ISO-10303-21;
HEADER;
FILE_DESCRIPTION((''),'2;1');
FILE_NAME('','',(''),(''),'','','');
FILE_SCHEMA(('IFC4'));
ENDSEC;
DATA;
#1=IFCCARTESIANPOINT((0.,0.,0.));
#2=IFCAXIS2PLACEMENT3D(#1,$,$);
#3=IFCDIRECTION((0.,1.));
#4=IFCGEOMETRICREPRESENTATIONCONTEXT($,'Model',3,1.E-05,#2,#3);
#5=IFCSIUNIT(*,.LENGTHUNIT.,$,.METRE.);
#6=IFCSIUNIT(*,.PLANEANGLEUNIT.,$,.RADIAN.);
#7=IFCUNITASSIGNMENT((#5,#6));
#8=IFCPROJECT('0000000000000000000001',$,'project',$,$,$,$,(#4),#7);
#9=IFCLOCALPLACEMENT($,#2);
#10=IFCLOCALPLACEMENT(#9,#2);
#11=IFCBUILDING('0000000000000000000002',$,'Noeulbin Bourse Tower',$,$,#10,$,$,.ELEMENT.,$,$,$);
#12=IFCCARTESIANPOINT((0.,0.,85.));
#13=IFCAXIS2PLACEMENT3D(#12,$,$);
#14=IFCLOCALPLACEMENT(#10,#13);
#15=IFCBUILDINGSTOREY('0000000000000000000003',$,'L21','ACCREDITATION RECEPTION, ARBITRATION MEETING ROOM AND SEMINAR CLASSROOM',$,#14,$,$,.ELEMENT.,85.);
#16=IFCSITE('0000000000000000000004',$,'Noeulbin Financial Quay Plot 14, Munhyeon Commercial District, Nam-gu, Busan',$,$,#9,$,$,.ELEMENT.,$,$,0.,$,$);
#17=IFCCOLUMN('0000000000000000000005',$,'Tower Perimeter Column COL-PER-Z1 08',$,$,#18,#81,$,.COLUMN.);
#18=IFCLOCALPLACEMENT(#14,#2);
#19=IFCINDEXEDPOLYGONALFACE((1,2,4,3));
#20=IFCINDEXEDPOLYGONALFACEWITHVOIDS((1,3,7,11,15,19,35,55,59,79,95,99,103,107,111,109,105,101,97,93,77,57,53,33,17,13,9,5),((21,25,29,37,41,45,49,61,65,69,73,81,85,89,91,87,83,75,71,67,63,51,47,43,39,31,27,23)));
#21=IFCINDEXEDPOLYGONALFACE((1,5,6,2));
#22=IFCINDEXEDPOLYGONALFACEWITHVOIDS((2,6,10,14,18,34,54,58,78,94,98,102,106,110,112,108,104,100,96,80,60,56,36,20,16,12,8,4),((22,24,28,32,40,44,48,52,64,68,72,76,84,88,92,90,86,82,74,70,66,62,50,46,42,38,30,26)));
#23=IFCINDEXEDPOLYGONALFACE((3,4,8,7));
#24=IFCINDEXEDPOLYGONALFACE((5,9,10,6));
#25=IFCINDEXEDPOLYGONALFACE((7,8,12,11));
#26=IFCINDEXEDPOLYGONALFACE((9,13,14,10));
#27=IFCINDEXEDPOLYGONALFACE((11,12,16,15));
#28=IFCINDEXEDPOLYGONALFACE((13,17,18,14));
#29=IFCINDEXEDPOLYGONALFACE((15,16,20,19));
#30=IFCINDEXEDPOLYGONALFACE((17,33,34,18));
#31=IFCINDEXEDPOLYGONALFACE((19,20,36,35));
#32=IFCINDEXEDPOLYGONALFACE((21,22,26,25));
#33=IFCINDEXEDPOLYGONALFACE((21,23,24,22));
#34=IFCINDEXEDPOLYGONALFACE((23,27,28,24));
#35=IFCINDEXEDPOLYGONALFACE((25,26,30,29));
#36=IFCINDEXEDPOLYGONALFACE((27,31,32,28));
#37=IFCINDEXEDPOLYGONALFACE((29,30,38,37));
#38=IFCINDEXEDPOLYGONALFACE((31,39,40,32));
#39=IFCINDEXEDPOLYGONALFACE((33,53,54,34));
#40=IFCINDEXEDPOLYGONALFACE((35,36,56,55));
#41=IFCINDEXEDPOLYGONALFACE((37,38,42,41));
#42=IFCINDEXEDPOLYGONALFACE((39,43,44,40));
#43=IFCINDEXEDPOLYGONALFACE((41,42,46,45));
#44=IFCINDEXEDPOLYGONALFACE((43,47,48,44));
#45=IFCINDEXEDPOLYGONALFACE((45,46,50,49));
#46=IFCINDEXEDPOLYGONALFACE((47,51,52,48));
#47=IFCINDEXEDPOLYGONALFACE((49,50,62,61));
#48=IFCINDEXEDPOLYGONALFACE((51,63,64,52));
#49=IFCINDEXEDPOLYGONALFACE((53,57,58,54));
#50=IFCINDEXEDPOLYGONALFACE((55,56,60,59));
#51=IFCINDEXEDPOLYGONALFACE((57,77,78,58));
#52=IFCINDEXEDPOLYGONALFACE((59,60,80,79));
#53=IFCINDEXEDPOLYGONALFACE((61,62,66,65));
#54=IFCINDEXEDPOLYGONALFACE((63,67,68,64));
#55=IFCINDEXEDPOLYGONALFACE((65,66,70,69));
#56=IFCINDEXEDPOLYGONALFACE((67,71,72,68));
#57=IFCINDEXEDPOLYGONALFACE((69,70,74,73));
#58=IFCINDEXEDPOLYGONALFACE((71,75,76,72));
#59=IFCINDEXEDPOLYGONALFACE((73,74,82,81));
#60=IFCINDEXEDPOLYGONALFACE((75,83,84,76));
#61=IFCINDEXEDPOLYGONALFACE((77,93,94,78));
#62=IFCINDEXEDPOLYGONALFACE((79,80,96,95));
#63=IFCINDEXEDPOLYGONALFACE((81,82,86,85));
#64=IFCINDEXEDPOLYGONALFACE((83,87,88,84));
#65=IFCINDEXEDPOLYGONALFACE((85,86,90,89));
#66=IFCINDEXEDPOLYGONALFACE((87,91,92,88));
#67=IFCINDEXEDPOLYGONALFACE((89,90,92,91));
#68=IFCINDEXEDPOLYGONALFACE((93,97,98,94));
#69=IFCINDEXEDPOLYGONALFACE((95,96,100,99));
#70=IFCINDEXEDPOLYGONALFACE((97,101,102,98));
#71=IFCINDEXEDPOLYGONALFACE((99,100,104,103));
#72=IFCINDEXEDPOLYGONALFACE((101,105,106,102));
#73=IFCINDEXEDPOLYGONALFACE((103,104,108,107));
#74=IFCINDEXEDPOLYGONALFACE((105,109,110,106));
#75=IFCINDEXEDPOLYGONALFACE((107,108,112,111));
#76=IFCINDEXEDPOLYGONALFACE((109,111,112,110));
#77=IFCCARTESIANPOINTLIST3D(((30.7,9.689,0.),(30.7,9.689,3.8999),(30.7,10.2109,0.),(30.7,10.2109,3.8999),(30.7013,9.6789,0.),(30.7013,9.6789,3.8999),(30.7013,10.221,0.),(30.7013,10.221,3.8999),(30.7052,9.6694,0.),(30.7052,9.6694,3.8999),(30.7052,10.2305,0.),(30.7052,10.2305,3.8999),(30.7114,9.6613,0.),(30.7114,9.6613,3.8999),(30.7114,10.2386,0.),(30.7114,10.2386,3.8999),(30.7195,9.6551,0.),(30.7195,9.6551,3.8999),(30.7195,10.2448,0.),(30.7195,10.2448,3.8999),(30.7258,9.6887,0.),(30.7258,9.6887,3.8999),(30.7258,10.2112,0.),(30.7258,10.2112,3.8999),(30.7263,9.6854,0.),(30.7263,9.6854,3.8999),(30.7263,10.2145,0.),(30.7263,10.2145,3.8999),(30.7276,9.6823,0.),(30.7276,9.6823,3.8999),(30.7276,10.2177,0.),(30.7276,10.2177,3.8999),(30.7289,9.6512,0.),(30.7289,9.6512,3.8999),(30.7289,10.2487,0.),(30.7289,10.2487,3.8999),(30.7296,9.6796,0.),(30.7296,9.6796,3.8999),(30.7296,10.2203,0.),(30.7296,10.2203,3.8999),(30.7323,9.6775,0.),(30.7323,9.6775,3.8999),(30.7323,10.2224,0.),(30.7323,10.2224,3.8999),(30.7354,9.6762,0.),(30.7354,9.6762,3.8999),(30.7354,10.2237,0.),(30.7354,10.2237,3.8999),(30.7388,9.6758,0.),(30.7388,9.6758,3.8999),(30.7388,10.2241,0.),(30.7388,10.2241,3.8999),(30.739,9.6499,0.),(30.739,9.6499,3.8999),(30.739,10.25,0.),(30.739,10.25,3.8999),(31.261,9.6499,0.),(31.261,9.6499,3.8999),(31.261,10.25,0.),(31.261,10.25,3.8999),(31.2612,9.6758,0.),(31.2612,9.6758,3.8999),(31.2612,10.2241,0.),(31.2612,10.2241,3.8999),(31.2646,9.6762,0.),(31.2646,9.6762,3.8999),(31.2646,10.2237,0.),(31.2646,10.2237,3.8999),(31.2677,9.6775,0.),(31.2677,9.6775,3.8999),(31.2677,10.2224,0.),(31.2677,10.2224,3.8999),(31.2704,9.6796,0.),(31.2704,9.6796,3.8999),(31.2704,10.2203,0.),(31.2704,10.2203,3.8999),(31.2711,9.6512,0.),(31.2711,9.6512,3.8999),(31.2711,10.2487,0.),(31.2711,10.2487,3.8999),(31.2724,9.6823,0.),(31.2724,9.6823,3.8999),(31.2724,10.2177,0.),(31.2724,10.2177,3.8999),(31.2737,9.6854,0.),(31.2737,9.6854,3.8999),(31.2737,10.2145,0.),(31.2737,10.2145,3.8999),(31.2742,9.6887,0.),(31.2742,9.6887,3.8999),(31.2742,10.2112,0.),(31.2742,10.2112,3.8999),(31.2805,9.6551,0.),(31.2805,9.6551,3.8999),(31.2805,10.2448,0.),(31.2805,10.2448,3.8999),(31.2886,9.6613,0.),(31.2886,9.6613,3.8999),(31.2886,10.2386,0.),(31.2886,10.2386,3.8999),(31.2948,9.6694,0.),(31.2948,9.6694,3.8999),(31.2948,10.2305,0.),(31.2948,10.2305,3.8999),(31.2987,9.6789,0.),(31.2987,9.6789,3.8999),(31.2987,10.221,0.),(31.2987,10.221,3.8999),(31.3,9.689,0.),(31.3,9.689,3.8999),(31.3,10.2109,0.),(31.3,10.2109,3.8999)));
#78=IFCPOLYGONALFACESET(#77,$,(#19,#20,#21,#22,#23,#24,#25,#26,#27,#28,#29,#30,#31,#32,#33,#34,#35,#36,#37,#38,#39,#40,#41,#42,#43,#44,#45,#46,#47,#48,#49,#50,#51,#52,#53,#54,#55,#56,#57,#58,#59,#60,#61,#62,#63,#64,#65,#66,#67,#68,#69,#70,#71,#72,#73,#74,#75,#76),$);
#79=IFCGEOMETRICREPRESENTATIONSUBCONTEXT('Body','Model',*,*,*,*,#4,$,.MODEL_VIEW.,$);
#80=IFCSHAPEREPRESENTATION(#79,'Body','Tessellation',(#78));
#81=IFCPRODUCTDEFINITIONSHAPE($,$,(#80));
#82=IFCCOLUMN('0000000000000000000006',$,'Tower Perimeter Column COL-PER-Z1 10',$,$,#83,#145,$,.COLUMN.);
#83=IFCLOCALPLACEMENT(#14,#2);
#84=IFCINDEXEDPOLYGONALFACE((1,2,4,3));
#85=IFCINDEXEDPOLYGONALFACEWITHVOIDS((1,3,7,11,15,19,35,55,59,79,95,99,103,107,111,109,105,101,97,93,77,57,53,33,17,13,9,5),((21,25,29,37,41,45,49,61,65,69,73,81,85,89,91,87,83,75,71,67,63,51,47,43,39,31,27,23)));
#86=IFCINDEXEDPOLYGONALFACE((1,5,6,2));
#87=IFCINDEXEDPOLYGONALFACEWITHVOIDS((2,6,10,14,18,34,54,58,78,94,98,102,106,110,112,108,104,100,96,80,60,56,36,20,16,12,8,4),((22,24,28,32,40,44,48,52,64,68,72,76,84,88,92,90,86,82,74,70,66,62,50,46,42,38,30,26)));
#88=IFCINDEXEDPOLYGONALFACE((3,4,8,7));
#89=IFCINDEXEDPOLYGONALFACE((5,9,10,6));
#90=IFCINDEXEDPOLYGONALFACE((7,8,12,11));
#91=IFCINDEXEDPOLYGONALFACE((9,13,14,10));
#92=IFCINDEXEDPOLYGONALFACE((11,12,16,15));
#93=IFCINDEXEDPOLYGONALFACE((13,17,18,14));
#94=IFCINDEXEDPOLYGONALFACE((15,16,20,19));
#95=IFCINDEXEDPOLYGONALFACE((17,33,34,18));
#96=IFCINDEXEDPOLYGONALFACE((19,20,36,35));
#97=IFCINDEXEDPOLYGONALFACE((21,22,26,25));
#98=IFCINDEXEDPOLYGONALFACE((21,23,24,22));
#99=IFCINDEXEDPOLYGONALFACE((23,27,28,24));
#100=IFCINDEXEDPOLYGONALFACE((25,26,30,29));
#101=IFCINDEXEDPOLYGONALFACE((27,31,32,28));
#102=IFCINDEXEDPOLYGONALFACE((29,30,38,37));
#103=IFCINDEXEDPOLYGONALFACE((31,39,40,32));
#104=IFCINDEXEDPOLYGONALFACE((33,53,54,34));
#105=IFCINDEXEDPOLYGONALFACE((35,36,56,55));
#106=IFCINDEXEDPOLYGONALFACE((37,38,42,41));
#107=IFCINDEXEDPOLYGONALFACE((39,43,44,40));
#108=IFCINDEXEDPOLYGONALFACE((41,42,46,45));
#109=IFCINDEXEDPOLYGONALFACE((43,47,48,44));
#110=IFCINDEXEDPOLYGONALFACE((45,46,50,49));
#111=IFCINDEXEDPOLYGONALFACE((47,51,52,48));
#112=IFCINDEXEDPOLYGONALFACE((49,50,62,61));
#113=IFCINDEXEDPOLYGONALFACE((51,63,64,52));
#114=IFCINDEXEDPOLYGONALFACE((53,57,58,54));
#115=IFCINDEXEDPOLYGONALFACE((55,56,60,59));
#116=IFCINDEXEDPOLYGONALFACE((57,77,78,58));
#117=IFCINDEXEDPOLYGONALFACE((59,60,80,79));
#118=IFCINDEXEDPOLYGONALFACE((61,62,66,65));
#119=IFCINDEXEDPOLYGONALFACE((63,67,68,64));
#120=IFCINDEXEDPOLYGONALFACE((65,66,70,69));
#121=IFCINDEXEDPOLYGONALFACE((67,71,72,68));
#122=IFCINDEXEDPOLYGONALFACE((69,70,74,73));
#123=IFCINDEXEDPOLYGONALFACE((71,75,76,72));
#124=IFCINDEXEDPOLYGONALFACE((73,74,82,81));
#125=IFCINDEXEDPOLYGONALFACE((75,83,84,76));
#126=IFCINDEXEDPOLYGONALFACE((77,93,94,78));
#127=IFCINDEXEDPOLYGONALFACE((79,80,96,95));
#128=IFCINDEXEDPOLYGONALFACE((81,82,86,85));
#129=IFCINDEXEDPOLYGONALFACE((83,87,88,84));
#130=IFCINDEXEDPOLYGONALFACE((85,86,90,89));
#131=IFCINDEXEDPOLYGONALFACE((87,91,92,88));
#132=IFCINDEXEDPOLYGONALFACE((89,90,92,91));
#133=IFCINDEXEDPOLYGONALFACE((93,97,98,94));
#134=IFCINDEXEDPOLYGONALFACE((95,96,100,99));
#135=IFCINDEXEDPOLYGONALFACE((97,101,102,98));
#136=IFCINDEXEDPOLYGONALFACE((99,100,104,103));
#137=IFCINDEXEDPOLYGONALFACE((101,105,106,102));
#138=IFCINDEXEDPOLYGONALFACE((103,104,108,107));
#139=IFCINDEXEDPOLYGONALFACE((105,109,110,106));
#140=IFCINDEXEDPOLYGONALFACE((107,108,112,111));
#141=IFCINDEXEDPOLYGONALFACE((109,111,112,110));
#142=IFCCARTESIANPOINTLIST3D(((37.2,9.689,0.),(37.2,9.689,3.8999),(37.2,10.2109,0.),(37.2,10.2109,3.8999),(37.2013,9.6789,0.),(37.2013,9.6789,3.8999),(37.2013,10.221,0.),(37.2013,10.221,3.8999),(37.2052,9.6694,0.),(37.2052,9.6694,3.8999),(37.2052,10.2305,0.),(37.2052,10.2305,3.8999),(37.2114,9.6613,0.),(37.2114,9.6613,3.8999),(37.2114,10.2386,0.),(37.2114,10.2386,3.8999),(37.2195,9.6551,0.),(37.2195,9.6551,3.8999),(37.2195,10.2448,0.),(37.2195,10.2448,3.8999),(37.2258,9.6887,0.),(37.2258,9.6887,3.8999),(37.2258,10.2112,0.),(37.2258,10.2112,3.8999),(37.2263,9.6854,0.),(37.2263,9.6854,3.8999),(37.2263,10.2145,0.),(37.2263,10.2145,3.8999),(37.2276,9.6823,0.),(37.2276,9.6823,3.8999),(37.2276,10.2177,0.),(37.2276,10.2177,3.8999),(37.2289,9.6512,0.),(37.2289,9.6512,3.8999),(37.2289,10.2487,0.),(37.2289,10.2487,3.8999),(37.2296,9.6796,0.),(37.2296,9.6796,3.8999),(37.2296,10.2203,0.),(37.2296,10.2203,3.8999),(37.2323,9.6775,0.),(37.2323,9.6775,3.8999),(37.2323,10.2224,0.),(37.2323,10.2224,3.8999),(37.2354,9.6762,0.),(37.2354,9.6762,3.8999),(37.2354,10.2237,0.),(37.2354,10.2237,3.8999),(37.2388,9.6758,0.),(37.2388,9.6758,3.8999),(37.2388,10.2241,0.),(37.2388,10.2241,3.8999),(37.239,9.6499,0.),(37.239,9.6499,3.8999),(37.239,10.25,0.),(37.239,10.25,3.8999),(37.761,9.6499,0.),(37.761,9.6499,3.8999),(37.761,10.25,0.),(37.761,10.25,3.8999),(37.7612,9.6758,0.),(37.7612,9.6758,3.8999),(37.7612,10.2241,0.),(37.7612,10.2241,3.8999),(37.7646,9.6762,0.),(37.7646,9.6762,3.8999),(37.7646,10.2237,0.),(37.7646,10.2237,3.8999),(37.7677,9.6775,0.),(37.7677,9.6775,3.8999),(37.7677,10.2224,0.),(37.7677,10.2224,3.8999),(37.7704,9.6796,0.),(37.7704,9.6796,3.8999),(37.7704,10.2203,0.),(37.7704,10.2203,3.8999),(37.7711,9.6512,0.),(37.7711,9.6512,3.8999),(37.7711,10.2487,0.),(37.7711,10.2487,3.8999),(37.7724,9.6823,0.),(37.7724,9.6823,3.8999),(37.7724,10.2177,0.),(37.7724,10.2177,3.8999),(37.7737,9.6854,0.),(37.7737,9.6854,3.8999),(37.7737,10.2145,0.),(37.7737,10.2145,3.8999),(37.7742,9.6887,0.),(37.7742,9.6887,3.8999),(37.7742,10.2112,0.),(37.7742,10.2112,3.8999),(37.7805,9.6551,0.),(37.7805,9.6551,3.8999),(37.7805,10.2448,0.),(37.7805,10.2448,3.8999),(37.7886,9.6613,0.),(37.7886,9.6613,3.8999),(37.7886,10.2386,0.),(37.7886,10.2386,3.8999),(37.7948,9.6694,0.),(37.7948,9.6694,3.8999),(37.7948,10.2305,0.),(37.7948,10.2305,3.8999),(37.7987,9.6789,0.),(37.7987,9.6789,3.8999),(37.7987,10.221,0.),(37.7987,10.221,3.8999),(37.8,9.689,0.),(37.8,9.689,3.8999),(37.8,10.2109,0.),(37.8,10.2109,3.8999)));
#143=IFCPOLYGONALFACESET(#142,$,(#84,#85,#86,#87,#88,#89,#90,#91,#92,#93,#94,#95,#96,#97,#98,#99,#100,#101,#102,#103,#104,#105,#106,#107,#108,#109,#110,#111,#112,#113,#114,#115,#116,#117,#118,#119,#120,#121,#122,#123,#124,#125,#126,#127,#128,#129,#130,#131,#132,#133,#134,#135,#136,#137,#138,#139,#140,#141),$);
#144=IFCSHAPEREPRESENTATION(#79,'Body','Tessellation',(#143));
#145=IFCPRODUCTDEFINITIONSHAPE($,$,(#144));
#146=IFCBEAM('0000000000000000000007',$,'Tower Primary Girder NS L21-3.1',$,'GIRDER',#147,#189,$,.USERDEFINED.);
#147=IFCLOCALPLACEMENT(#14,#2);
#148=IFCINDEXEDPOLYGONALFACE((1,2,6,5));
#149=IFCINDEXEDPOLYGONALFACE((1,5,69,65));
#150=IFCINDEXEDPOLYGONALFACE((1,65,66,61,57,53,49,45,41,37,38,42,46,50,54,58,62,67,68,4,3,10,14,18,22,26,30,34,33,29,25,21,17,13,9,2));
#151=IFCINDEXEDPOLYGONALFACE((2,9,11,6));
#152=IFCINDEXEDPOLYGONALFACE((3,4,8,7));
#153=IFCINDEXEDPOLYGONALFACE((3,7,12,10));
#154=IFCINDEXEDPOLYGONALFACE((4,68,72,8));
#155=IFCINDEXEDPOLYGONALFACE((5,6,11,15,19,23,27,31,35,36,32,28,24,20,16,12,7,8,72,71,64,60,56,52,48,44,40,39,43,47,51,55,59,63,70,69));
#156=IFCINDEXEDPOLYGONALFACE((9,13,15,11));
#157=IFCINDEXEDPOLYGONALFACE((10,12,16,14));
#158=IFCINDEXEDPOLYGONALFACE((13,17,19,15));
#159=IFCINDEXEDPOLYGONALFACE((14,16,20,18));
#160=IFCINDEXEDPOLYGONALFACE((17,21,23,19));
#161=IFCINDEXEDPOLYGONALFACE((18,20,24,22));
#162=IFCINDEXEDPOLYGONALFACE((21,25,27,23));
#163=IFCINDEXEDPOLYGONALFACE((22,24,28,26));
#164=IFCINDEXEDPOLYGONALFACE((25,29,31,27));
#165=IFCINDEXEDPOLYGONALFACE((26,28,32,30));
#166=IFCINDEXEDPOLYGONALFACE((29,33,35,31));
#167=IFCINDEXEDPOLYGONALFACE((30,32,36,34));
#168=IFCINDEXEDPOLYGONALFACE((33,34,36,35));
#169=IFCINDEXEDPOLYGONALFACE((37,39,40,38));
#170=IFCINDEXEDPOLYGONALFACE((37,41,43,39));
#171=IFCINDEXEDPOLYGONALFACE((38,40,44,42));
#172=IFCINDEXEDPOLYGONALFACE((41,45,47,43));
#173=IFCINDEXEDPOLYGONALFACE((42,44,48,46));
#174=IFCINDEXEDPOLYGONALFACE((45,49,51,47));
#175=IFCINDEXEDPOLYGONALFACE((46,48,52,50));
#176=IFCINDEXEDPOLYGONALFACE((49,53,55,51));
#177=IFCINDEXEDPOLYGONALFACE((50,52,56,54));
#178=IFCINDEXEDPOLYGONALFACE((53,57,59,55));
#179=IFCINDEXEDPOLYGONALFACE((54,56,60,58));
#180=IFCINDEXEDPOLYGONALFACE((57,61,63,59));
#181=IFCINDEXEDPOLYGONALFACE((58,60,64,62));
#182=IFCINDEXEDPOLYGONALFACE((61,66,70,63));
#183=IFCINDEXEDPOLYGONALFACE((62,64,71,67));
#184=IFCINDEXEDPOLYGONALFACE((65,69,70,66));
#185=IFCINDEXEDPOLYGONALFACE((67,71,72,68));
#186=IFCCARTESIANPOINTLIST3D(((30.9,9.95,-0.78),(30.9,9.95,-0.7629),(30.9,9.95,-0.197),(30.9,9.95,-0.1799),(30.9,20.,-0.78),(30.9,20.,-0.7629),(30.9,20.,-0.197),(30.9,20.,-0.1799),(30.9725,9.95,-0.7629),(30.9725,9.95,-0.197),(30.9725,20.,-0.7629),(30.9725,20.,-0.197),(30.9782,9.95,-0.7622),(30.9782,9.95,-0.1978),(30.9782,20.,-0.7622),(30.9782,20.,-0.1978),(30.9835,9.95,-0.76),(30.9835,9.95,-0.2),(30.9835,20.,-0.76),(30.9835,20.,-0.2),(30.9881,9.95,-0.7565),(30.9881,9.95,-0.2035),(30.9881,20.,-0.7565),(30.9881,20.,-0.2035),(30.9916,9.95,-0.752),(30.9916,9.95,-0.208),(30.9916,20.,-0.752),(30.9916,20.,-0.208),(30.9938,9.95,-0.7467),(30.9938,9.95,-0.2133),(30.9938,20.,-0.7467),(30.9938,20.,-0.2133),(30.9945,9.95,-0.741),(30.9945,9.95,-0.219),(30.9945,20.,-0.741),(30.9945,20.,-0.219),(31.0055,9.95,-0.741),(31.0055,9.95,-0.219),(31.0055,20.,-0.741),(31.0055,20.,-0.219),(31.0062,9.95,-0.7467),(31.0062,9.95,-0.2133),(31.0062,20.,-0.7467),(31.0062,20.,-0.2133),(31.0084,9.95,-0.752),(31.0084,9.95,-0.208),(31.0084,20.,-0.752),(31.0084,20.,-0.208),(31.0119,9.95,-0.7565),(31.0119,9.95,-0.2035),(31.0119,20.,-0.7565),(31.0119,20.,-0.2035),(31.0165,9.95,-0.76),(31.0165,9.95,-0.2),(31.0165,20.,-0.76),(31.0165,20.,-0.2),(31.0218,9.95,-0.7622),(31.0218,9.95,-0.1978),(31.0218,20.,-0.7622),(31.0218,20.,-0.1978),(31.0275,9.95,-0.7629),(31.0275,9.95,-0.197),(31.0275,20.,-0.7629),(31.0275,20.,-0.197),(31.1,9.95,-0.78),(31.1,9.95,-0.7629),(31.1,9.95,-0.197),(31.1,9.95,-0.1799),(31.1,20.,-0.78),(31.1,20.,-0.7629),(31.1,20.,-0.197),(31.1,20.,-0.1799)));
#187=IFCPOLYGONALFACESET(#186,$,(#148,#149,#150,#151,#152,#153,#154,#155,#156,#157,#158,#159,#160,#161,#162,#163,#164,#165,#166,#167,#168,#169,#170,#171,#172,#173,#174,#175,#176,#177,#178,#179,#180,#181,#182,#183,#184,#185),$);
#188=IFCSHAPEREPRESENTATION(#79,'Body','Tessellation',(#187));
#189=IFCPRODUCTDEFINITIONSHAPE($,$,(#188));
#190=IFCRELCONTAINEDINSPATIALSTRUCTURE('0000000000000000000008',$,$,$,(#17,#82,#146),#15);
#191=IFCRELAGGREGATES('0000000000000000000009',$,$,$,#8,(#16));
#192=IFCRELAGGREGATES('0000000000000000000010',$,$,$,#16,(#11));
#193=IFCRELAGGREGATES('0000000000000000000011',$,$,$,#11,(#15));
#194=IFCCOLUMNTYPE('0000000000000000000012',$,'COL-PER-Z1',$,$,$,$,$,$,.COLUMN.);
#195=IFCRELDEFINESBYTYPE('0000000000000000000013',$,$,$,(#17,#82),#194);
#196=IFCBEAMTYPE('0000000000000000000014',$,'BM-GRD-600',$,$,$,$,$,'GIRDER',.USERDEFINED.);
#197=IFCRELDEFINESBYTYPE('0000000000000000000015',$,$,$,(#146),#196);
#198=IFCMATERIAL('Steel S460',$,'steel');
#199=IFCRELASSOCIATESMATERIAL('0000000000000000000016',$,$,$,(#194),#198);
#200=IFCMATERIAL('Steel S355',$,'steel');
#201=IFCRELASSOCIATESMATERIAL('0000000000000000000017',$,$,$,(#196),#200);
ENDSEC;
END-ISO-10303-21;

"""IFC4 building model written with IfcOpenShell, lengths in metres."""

from ifc_helpers import new_model, si_unit, direction, frame, origin, origin_2d, place, context, subcontext, project, spatial, hollow_rectangle, i_section, extrude, material, material_profile, profile_set, type_object, element, save


model = new_model("IFC4")

# Units and contexts
model_context = context("Model", 3, precision=1e-05, world=origin(), true_north=direction((0.0, 1.0)))
body_context = subcontext(model_context, "Body", "Model", "MODEL_VIEW")
ifc_project = project(units=[si_unit("LENGTHUNIT", "METRE"), si_unit("PLANEANGLEUNIT", "RADIAN")], contexts=[model_context])

# Site, building, storey
site_placement = place(None, origin())
site = spatial("IfcSite", under=ifc_project, at=site_placement, Name="Noeulbin Financial Quay Plot 14, Munhyeon Commercial District, Nam-gu, Busan", CompositionType="ELEMENT", RefElevation=0.0)
building_placement = place(site_placement, origin())
building = spatial("IfcBuilding", under=site, at=building_placement, Name="Noeulbin Bourse Tower", CompositionType="ELEMENT")
storey_placement = place(building_placement, frame((0.0, 0.0, 85.0)))
storey = spatial("IfcBuildingStorey", under=building, at=storey_placement, Name="L21", Description="ACCREDITATION RECEPTION, ARBITRATION MEETING ROOM AND SEMINAR CLASSROOM", CompositionType="ELEMENT", Elevation=85.0)

# Columns
ifc_material_1 = material(Name="Steel S460", Category="steel")
ifc_material_profile_1 = material_profile(ifc_material_1, hollow_rectangle(XDim=0.6001, YDim=0.6001, WallThickness=0.0259, InnerFilletRadius=0.0129, OuterFilletRadius=0.0391, at=origin_2d()), Name="BOX-600x600x26", Category="LoadBearing")
ifc_profile_set_1 = profile_set([ifc_material_profile_1], Name="Steel S460")
column_type = type_object("IfcColumnType", Name="COL-PER-Z1", PredefinedType="COLUMN", material=ifc_profile_set_1)
for number, where, z_axis, x_axis, name in (
    (1, (31.0, 9.95, 0.0), (0.0, 0.0, 1.0), (1.0, 0.0, 0.0), "Tower Perimeter Column COL-PER-Z1 08"),
    (2, (37.5, 9.95, 0.0), (0.0, 0.0, 1.0), (1.0, 0.0, 0.0), "Tower Perimeter Column COL-PER-Z1 10"),
):
    element("IfcColumn", number, at=place(storey_placement, frame(where, z_axis=z_axis, x_axis=x_axis)), inside=storey, type_object=column_type, Name=name, PredefinedType="COLUMN", context=body_context, shape_type="SweptSolid", body=[
        extrude(hollow_rectangle(XDim=0.6001, YDim=0.6001, WallThickness=0.0259, InnerFilletRadius=0.0129, OuterFilletRadius=0.0391, at=origin_2d()), origin(), (0.0, 0.0, 1.0), 3.8999),
    ])

# Beam
ifc_material_2 = material(Name="Steel S355", Category="steel")
ifc_material_profile_2 = material_profile(ifc_material_2, i_section(OverallWidth=0.2, OverallDepth=0.6001, WebThickness=0.011, FlangeThickness=0.0171, FilletRadius=0.022, at=origin_2d()), Name="H-600x200x11x17", Category="LoadBearing")
ifc_profile_set_2 = profile_set([ifc_material_profile_2], Name="Steel S355")
beam_type_1 = type_object("IfcBeamType", Name="BM-GRD-600", ElementType="GIRDER", PredefinedType="USERDEFINED", material=ifc_profile_set_2)
beam_1_placement = place(storey_placement, frame((31.0, 9.95, -0.48), z_axis=(0.0, 1.0, 0.0), x_axis=(-1.0, 0.0, 0.0)))
element("IfcBeam", 3, at=beam_1_placement, inside=storey, type_object=beam_type_1, Name="Tower Primary Girder NS L21-3.1", ObjectType="GIRDER", PredefinedType="USERDEFINED", context=body_context, shape_type="SweptSolid", body=[
    extrude(i_section(OverallWidth=0.2, OverallDepth=0.6001, WebThickness=0.011, FlangeThickness=0.0171, FilletRadius=0.022, at=origin_2d()), origin(), (0.0, 0.0, 1.0), 10.05),
])

save(model, "model.ifc")
